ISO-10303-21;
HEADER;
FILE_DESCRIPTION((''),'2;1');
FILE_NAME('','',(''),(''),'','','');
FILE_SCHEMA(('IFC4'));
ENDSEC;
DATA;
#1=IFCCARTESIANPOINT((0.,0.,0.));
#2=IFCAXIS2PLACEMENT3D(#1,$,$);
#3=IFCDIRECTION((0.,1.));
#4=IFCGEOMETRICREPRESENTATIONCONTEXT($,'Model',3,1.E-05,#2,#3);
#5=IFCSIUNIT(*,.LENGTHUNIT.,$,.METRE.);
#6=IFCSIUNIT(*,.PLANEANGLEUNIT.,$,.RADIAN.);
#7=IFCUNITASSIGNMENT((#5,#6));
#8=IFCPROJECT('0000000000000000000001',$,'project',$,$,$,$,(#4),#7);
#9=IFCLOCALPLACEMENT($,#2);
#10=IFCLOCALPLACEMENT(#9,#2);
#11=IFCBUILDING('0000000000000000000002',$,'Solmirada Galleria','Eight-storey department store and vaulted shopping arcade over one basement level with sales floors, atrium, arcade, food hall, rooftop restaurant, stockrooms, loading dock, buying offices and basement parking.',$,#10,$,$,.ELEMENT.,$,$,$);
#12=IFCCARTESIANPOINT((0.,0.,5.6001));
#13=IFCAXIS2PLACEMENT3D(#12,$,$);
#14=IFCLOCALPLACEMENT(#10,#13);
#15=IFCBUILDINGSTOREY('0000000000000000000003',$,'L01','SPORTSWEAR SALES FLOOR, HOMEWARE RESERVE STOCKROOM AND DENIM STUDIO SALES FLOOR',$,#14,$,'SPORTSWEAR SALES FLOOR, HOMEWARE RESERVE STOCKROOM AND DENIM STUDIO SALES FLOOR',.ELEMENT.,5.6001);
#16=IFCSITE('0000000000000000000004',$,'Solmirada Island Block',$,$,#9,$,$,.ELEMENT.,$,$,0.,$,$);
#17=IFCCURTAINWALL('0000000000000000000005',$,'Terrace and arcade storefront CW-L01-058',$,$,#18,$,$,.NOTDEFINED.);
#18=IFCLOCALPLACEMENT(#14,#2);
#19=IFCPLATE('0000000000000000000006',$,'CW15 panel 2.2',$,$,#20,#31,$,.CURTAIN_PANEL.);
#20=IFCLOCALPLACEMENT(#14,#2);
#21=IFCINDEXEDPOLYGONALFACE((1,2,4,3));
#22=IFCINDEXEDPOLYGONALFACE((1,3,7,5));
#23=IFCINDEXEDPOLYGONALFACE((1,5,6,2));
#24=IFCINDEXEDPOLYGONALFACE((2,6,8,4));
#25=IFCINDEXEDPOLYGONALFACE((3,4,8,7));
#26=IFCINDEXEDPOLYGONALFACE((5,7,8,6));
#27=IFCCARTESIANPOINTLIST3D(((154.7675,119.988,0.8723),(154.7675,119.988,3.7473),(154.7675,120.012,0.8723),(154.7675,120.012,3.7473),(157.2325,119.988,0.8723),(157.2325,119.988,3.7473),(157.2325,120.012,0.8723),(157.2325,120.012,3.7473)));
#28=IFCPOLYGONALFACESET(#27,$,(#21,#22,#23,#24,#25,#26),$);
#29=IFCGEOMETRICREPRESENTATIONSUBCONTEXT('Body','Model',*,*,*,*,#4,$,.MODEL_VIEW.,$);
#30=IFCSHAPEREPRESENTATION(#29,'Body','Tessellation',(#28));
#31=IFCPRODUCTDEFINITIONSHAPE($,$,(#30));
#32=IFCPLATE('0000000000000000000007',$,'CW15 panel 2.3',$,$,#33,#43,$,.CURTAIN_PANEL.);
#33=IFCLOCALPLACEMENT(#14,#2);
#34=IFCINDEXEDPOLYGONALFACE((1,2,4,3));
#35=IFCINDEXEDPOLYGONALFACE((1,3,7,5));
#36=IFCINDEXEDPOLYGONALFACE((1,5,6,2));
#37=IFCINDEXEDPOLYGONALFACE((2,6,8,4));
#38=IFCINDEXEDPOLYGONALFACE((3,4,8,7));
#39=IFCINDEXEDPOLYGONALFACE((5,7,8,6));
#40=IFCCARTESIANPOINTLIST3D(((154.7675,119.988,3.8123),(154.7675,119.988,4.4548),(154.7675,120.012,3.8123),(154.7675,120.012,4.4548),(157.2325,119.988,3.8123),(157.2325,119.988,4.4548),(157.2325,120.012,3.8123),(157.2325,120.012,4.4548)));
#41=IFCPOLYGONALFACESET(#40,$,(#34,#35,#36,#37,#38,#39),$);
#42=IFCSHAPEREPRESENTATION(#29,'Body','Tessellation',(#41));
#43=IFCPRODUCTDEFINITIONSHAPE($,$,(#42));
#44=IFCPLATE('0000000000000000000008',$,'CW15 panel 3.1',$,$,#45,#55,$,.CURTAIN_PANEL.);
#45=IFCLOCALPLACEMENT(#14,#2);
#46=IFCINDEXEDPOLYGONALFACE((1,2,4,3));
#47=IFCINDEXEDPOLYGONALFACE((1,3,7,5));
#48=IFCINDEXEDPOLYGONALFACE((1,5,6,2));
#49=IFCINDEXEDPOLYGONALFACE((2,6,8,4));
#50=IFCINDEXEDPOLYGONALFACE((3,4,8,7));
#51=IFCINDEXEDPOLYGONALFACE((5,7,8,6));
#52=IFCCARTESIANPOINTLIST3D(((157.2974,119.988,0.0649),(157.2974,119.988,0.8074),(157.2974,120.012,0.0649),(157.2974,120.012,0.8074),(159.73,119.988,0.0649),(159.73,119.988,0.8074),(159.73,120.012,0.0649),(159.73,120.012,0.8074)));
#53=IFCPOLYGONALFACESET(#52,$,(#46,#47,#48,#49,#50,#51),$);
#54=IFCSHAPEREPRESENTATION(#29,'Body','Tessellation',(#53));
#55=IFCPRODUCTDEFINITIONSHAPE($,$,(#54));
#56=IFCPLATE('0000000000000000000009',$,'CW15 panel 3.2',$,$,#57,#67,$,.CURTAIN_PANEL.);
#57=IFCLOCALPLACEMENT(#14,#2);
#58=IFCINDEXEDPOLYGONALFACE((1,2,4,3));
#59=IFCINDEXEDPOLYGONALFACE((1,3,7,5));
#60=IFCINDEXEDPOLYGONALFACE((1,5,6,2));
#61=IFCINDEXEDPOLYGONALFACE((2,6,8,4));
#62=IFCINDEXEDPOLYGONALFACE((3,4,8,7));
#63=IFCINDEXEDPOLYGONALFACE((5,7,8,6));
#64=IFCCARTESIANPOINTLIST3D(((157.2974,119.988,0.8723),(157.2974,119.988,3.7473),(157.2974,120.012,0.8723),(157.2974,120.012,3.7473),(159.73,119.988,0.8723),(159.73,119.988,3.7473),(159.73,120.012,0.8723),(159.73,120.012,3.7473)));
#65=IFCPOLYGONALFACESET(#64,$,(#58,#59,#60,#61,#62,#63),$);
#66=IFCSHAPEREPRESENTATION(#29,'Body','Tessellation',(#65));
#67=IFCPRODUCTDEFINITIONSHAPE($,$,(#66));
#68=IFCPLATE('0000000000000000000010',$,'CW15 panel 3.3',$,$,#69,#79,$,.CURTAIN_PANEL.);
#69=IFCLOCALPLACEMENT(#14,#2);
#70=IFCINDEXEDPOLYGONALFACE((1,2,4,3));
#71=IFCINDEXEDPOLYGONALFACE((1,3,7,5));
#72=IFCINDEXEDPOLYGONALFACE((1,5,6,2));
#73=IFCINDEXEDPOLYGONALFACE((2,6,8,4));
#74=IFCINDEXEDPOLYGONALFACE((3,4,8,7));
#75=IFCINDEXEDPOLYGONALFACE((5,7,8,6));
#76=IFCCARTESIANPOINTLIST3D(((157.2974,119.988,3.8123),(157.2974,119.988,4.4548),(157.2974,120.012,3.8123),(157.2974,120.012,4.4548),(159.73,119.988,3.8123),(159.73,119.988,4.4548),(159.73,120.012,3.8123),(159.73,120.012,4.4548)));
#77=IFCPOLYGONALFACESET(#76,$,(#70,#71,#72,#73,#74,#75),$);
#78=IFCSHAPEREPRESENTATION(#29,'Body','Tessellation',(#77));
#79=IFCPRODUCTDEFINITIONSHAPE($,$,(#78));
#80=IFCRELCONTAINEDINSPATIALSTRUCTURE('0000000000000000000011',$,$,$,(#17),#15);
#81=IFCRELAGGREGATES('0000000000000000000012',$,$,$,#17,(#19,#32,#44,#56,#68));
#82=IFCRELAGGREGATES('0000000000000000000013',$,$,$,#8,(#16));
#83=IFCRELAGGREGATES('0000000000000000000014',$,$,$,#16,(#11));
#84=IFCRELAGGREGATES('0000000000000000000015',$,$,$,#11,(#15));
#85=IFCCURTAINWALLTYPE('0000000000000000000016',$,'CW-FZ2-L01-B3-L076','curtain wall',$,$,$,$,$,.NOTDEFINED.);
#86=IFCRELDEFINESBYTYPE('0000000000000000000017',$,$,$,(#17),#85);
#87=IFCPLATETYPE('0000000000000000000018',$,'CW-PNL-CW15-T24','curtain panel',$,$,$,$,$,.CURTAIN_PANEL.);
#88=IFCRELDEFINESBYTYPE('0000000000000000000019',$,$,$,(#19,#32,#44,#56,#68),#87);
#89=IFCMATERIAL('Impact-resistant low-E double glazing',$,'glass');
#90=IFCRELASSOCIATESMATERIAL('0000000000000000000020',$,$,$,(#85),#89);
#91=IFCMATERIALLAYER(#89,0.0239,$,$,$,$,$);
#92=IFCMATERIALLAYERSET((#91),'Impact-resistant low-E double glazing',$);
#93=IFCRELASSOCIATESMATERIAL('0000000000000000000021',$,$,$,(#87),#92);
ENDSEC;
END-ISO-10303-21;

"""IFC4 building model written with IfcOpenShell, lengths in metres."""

from ifc_helpers import new_model, si_unit, direction, frame, origin, origin_2d, place, context, subcontext, project, spatial, rectangle, extrude, material, layer, layer_set, type_object, element, aggregate, save


model = new_model("IFC4")

# Units and contexts
model_context = context("Model", 3, precision=1e-05, world=origin(), true_north=direction((0.0, 1.0)))
body_context = subcontext(model_context, "Body", "Model", "MODEL_VIEW")
ifc_project = project(units=[si_unit("LENGTHUNIT", "METRE"), si_unit("PLANEANGLEUNIT", "RADIAN")], contexts=[model_context])

# Site, building, storey
site_placement = place(None, origin())
site = spatial("IfcSite", under=ifc_project, at=site_placement, Name="Solmirada Island Block", CompositionType="ELEMENT", RefElevation=0.0)
building_placement = place(site_placement, origin())
building = spatial("IfcBuilding", under=site, at=building_placement, Name="Solmirada Galleria", Description="Eight-storey department store and vaulted shopping arcade over one basement level with sales floors, atrium, arcade, food hall, rooftop restaurant, stockrooms, loading dock, buying offices and basement parking.", CompositionType="ELEMENT")
storey_placement = place(building_placement, frame((0.0, 0.0, 5.6001)))
storey = spatial("IfcBuildingStorey", under=building, at=storey_placement, Name="L01", Description="SPORTSWEAR SALES FLOOR, HOMEWARE RESERVE STOCKROOM AND DENIM STUDIO SALES FLOOR", LongName="SPORTSWEAR SALES FLOOR, HOMEWARE RESERVE STOCKROOM AND DENIM STUDIO SALES FLOOR", CompositionType="ELEMENT", Elevation=5.6001)

# Curtain wall, plates
ifc_material_1 = material(Name="Impact-resistant low-E double glazing", Category="glass")
curtain_wall_type = type_object("IfcCurtainWallType", Name="CW-FZ2-L01-B3-L076", Description="curtain wall", PredefinedType="NOTDEFINED", material=ifc_material_1)
curtain_wall_placement = place(storey_placement, origin())
curtain_wall = element("IfcCurtainWall", 1, at=curtain_wall_placement, inside=storey, type_object=curtain_wall_type, Name="Terrace and arcade storefront CW-L01-058", PredefinedType="NOTDEFINED")
ifc_layer = layer(ifc_material_1, 0.0239)
ifc_layer_set = layer_set([ifc_layer], Name="Impact-resistant low-E double glazing")
plate_type = type_object("IfcPlateType", Name="CW-PNL-CW15-T24", Description="curtain panel", PredefinedType="CURTAIN_PANEL", material=ifc_layer_set)
plate_1_placement = place(storey_placement, frame((156.0, 120.0, 0.8723), z_axis=(0.0, 0.0, 1.0), x_axis=(1.0, 0.0, 0.0)))
plate_1 = element("IfcPlate", 2, at=plate_1_placement, type_object=plate_type, Name="CW15 panel 2.2", PredefinedType="CURTAIN_PANEL", context=body_context, shape_type="SweptSolid", body=[
    extrude(rectangle(XDim=2.4651, YDim=0.0239, at=origin_2d()), origin(), (0.0, 0.0, 1.0), 2.875),
])
plate_2_placement = place(storey_placement, frame((156.0, 120.0, 3.8123), z_axis=(0.0, 0.0, 1.0), x_axis=(1.0, 0.0, 0.0)))
plate_2 = element("IfcPlate", 3, at=plate_2_placement, type_object=plate_type, Name="CW15 panel 2.3", PredefinedType="CURTAIN_PANEL", context=body_context, shape_type="SweptSolid", body=[
    extrude(rectangle(XDim=2.4651, YDim=0.0239, at=origin_2d()), origin(), (0.0, 0.0, 1.0), 0.6426),
])
plate_3_placement = place(storey_placement, frame((158.5137, 120.0, 0.0649), z_axis=(0.0, 0.0, 1.0), x_axis=(1.0, 0.0, 0.0)))
plate_3 = element("IfcPlate", 4, at=plate_3_placement, type_object=plate_type, Name="CW15 panel 3.1", PredefinedType="CURTAIN_PANEL", context=body_context, shape_type="SweptSolid", body=[
    extrude(rectangle(XDim=2.4326, YDim=0.0239, at=origin_2d()), origin(), (0.0, 0.0, 1.0), 0.7424),
])
plate_4_placement = place(storey_placement, frame((158.5137, 120.0, 0.8723), z_axis=(0.0, 0.0, 1.0), x_axis=(1.0, 0.0, 0.0)))
plate_4 = element("IfcPlate", 5, at=plate_4_placement, type_object=plate_type, Name="CW15 panel 3.2", PredefinedType="CURTAIN_PANEL", context=body_context, shape_type="SweptSolid", body=[
    extrude(rectangle(XDim=2.4326, YDim=0.0239, at=origin_2d()), origin(), (0.0, 0.0, 1.0), 2.875),
])
plate_5_placement = place(storey_placement, frame((158.5137, 120.0, 3.8123), z_axis=(0.0, 0.0, 1.0), x_axis=(1.0, 0.0, 0.0)))
plate_5 = element("IfcPlate", 6, at=plate_5_placement, type_object=plate_type, Name="CW15 panel 3.3", PredefinedType="CURTAIN_PANEL", context=body_context, shape_type="SweptSolid", body=[
    extrude(rectangle(XDim=2.4326, YDim=0.0239, at=origin_2d()), origin(), (0.0, 0.0, 1.0), 0.6426),
])
aggregate(curtain_wall, [plate_1, plate_2, plate_3, plate_4, plate_5])

save(model, "model.ifc")
